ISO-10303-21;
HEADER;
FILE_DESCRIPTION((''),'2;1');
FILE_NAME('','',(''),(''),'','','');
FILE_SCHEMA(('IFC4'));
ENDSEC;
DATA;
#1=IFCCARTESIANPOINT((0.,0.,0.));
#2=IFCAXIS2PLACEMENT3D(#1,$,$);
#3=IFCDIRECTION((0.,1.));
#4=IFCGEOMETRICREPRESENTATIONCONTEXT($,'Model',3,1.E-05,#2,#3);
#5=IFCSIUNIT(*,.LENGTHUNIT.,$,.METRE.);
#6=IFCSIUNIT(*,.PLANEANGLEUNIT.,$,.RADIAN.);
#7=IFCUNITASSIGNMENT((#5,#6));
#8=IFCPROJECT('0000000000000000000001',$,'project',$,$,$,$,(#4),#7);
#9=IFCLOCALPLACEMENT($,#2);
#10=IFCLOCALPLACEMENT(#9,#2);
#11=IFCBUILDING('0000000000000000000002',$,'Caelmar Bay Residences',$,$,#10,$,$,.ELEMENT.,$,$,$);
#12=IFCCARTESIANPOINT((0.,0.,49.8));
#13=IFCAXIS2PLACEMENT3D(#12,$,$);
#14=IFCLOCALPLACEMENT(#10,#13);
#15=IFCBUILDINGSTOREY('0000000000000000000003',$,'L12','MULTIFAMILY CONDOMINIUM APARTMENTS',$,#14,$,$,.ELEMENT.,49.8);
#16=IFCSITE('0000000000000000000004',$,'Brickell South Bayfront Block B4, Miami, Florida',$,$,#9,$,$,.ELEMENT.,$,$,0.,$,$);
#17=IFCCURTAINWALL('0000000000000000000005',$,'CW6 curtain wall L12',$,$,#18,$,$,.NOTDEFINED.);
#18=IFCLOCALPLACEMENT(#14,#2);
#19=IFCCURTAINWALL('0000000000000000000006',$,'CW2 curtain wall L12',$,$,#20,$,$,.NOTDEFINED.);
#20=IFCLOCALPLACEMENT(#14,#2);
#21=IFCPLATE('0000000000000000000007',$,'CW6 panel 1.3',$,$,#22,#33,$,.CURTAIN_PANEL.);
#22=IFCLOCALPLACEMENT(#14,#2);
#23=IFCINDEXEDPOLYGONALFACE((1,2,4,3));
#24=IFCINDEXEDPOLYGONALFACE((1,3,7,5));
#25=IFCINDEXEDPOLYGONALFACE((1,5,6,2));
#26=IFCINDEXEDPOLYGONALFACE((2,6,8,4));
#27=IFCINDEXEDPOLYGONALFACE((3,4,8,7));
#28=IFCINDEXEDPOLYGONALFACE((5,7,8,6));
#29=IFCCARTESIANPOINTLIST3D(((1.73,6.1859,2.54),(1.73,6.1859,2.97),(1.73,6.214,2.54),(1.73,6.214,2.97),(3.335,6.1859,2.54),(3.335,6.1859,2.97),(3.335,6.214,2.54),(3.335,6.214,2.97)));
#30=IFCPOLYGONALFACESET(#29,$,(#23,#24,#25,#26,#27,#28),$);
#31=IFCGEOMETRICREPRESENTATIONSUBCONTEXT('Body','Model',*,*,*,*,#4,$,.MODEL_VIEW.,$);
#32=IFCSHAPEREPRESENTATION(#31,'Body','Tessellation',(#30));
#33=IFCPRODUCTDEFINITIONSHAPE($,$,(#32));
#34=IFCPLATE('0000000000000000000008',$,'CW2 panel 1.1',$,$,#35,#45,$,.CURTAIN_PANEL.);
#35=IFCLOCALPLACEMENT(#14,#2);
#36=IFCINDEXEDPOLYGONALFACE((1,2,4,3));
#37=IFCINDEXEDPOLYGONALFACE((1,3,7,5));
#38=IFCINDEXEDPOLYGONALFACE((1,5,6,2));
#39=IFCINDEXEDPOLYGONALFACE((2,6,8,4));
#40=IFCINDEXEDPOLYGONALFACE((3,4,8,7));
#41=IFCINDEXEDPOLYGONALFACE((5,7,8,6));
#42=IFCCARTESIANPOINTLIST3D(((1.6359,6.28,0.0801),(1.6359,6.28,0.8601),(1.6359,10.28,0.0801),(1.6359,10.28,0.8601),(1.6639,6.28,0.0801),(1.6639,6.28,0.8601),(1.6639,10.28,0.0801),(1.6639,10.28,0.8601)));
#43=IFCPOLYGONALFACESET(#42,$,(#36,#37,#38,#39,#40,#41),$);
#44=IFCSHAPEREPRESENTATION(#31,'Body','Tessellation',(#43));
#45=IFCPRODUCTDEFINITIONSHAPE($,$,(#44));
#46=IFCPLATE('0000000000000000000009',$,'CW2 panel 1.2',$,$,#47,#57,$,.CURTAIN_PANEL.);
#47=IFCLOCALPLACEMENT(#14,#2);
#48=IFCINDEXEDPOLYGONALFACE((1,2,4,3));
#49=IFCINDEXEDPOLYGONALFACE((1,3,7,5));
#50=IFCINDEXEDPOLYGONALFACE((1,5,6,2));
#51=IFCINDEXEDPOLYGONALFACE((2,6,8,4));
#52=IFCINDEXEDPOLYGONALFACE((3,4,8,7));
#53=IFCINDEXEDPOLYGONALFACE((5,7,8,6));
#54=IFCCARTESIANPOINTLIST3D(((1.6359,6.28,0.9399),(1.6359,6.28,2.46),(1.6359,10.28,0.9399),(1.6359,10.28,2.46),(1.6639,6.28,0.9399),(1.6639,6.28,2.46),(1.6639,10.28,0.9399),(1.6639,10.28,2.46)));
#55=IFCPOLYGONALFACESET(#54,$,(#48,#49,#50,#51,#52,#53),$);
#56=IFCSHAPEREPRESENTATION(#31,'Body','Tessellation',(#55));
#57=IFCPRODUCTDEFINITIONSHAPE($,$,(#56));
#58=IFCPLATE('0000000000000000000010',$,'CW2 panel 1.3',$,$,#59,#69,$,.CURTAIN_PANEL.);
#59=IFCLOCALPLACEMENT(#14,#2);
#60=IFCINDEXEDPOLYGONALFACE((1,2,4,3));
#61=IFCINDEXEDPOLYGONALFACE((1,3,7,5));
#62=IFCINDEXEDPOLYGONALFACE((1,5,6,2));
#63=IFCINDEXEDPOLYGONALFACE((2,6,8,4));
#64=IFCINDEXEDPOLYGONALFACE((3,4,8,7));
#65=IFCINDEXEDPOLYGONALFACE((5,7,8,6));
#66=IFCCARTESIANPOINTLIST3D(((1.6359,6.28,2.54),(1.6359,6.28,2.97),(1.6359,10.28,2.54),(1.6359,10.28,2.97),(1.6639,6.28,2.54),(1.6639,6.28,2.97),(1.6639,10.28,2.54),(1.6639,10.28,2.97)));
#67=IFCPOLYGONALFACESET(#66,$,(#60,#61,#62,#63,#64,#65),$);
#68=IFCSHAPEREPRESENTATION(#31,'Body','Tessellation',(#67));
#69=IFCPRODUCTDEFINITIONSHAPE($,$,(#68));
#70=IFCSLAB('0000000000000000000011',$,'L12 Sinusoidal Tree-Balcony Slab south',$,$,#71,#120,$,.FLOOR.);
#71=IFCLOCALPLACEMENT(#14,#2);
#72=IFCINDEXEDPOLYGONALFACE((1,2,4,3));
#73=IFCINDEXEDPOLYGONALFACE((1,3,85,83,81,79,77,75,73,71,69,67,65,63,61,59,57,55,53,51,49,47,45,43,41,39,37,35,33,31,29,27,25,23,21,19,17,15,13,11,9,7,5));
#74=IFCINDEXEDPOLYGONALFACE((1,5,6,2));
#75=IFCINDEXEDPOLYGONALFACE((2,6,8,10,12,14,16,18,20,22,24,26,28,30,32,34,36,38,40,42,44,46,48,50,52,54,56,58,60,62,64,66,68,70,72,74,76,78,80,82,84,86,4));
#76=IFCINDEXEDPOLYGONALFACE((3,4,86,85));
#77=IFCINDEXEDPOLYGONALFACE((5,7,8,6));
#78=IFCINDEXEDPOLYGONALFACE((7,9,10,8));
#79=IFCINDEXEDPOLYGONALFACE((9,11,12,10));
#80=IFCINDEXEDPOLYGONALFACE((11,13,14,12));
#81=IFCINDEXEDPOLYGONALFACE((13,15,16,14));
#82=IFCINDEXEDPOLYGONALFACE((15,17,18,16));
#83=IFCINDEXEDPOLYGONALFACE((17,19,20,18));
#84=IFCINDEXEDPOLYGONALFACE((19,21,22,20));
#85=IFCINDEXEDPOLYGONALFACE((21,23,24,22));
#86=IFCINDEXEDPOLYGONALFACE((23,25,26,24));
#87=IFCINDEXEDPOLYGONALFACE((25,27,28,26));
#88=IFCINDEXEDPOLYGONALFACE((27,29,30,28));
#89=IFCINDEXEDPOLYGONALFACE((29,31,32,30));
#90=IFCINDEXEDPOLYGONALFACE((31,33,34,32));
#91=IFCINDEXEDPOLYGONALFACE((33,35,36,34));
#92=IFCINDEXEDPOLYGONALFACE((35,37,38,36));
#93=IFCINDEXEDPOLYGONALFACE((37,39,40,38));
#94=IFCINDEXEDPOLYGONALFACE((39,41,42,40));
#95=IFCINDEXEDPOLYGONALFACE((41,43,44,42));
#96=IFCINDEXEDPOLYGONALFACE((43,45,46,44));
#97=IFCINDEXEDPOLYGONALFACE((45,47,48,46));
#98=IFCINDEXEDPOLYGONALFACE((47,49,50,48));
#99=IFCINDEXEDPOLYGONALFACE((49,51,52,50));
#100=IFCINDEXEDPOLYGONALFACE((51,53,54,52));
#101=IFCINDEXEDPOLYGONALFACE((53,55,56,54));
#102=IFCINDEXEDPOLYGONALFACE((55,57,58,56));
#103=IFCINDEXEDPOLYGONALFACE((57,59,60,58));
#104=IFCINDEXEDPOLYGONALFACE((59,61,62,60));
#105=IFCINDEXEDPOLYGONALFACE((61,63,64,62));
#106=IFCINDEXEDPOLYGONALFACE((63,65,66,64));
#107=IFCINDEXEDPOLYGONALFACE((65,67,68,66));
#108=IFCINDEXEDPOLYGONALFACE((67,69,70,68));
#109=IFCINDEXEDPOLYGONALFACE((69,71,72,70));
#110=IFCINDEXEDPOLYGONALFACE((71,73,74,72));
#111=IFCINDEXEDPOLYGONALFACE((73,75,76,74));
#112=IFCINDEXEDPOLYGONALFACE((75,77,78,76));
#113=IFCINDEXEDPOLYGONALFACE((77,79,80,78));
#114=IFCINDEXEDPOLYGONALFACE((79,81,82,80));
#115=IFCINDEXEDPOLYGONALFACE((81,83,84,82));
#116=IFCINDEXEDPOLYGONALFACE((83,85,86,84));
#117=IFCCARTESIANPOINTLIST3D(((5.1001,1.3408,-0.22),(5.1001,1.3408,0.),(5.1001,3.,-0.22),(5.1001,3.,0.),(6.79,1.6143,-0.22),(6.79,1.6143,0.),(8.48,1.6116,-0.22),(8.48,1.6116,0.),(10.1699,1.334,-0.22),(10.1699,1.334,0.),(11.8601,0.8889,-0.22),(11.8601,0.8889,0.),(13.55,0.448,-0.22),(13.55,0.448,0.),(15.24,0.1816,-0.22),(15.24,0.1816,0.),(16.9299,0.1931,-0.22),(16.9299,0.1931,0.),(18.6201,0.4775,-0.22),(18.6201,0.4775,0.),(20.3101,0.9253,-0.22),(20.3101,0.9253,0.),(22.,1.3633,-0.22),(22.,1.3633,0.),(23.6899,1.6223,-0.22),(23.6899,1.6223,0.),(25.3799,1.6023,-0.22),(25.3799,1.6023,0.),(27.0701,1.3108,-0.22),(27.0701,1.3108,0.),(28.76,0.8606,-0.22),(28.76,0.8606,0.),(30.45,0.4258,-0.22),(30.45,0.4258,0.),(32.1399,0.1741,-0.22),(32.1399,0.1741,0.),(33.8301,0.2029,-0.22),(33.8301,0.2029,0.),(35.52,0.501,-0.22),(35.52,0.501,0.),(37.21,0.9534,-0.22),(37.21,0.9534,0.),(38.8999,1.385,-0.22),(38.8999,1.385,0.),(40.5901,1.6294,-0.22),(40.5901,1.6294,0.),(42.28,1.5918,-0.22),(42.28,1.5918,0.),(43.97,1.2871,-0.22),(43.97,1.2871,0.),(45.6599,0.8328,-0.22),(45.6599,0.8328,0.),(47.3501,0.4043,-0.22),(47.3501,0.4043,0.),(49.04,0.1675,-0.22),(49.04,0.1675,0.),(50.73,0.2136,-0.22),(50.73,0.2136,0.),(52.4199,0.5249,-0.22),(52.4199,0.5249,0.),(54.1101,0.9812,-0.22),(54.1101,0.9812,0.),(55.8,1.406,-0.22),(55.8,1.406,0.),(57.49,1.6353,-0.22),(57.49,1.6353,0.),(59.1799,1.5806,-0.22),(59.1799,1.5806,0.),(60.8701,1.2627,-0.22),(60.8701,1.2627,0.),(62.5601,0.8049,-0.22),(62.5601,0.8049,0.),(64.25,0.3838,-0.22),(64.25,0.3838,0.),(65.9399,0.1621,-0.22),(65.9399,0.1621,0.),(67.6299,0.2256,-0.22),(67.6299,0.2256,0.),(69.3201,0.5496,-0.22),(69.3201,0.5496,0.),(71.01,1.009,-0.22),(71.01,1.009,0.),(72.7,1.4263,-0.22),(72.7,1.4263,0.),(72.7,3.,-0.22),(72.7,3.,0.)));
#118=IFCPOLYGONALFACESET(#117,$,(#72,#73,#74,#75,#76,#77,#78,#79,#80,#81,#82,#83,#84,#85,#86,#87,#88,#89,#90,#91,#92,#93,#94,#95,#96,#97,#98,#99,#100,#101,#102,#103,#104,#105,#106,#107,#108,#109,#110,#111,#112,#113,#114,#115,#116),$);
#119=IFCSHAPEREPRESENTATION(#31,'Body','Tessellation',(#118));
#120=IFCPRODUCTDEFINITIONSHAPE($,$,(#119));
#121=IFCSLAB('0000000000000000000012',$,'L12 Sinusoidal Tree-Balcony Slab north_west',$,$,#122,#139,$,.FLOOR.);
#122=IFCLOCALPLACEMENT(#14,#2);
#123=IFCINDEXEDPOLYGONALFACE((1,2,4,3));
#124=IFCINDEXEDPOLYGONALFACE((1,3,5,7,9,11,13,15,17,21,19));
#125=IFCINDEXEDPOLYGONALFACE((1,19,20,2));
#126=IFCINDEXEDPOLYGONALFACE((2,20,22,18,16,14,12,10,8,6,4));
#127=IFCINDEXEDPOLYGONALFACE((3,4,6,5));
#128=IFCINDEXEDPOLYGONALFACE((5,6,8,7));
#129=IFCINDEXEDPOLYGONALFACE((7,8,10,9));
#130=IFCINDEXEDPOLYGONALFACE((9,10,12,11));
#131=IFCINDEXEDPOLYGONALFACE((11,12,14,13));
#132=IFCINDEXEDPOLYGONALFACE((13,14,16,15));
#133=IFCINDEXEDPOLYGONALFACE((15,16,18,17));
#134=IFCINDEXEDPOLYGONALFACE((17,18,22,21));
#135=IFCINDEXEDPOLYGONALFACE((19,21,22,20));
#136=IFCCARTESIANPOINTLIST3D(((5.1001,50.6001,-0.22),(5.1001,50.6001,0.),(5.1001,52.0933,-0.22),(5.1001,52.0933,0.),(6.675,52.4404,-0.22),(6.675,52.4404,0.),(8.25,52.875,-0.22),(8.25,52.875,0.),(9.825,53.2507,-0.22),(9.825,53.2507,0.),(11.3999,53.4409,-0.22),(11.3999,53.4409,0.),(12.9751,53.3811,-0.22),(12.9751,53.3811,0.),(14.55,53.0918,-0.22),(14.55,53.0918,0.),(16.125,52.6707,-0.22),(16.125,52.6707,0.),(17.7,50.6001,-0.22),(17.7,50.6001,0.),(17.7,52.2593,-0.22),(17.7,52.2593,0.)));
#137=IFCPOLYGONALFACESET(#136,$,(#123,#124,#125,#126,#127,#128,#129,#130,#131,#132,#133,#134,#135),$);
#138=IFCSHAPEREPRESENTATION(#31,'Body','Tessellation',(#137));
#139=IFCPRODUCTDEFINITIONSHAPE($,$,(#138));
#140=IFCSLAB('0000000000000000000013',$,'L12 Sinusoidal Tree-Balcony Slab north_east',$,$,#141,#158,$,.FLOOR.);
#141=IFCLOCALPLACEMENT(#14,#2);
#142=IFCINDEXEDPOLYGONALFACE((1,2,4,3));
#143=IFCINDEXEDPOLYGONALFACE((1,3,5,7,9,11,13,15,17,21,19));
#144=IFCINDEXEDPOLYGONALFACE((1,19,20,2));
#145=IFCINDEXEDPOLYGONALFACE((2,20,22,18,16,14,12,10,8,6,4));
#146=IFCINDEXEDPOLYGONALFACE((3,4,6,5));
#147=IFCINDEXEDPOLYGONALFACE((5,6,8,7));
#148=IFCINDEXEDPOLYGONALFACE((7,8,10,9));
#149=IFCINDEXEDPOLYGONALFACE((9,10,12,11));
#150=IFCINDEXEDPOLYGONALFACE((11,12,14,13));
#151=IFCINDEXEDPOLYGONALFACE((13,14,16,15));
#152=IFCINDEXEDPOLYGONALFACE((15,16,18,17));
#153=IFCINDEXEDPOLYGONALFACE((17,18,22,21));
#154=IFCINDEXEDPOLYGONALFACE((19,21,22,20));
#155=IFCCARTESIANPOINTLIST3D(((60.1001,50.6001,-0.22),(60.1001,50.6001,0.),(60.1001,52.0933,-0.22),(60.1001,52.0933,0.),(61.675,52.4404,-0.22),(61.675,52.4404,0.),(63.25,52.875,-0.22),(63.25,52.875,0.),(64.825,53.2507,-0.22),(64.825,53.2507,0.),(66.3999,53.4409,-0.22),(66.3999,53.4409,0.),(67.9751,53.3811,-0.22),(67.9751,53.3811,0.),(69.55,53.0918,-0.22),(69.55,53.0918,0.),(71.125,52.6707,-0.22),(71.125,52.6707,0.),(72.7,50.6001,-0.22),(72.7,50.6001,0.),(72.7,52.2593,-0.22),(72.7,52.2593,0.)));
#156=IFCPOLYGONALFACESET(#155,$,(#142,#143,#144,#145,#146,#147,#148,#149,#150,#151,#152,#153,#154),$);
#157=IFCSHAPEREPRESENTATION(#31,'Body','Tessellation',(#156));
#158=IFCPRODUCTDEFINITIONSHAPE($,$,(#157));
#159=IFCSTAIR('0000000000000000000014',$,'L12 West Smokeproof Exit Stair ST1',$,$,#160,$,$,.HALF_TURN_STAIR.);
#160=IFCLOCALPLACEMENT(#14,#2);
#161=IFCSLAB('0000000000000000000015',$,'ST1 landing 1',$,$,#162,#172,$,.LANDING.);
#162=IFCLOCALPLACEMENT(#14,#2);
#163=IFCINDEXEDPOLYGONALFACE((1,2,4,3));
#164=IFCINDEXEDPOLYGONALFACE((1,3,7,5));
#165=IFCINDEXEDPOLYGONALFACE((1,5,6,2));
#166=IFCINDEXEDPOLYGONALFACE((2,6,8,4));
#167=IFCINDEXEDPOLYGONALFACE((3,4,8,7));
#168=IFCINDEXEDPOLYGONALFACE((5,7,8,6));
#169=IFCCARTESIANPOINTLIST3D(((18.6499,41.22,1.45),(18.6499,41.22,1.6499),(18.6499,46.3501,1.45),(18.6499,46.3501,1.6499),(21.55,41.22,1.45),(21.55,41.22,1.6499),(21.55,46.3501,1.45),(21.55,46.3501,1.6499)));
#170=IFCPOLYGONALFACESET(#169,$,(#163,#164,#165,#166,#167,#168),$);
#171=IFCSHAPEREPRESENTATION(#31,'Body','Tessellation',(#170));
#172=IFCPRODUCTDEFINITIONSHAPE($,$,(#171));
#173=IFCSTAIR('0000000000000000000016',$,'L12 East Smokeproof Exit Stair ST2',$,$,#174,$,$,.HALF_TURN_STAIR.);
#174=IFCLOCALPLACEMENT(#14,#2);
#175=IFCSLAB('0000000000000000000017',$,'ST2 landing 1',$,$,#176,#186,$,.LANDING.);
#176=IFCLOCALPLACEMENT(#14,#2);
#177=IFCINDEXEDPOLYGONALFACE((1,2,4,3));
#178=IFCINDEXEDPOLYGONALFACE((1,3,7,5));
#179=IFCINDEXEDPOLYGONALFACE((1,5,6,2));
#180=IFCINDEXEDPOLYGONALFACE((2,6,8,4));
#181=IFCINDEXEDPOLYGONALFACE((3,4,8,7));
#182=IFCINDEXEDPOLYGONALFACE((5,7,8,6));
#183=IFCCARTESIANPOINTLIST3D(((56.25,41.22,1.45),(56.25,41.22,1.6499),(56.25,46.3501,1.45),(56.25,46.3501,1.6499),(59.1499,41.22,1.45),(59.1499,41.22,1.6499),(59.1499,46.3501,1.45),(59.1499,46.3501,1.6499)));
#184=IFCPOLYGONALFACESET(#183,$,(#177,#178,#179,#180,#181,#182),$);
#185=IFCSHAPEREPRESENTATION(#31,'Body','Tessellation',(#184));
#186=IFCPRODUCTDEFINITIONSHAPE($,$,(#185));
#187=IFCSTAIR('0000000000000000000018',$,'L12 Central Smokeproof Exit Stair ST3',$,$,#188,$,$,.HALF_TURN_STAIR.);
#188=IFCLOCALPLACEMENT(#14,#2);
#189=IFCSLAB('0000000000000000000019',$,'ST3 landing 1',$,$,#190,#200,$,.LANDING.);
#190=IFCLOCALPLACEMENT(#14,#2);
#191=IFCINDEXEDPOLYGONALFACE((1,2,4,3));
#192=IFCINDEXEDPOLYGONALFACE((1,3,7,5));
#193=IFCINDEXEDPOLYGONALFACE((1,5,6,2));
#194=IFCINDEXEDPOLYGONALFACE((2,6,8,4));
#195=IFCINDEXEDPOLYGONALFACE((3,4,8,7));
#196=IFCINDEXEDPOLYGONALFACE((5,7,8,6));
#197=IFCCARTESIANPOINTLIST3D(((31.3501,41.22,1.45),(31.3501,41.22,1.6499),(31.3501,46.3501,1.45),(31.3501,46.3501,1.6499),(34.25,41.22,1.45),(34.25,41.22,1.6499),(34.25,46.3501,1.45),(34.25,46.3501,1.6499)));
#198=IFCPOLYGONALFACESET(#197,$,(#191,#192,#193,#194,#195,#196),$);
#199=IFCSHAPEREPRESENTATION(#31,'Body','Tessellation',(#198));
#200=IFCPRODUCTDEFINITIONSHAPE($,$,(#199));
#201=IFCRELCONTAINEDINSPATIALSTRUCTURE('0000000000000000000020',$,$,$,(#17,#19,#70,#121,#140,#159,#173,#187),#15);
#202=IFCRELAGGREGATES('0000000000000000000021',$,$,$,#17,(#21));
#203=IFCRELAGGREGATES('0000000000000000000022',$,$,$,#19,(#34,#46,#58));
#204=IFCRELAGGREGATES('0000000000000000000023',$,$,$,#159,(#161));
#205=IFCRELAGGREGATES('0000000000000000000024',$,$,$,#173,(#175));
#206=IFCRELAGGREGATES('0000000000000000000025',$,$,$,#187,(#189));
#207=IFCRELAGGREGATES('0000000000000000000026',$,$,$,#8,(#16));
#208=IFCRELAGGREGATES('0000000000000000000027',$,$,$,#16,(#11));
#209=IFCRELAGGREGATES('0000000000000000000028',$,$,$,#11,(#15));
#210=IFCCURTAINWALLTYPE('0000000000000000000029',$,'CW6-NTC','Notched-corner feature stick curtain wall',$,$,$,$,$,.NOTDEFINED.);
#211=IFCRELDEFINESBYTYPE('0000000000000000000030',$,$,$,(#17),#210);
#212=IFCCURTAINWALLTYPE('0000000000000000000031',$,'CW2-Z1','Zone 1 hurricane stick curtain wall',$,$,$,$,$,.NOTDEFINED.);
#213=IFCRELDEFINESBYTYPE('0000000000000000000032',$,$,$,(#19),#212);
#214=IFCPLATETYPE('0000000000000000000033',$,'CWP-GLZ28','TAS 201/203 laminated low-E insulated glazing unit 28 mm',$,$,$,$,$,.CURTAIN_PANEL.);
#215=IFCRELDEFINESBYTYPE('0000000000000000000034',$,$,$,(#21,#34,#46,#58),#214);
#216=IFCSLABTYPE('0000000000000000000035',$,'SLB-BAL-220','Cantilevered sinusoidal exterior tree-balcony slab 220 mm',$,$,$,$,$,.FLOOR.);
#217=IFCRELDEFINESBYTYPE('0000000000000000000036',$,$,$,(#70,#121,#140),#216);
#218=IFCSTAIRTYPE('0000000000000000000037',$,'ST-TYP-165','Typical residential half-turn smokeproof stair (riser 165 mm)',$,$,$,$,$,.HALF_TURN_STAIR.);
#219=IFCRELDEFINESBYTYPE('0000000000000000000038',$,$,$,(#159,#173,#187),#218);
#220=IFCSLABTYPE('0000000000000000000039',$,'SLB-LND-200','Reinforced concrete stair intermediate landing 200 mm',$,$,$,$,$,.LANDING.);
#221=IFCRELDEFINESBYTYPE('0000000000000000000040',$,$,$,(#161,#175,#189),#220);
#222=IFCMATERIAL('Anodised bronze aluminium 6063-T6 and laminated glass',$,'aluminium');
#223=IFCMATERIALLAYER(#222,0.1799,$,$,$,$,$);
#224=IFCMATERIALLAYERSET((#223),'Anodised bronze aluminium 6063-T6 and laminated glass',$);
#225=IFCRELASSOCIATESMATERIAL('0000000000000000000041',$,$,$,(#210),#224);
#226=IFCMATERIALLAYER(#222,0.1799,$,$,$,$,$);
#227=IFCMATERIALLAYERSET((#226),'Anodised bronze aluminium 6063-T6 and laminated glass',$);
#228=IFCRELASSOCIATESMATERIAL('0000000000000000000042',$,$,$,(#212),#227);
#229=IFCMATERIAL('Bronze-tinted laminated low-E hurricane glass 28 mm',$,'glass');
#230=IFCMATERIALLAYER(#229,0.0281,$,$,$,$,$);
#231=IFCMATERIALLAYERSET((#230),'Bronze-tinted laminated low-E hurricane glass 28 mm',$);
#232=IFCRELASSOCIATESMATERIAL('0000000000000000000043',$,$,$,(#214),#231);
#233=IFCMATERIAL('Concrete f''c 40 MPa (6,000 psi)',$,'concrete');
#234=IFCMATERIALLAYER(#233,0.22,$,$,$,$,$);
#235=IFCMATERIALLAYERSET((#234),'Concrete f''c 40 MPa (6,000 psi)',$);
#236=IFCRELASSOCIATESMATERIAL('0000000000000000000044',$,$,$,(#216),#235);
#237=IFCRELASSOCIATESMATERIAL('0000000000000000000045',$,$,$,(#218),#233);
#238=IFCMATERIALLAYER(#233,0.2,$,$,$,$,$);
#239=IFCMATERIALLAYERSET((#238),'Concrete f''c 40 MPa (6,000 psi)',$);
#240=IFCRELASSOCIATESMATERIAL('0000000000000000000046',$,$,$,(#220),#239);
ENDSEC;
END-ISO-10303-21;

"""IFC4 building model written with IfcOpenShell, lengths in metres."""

from ifc_helpers import new_model, si_unit, direction, frame, origin, origin_2d, place, context, subcontext, project, spatial, polyline, rectangle, outline, extrude, material, layer, layer_set, type_object, element, aggregate, save


model = new_model("IFC4")

# Units and contexts
model_context = context("Model", 3, precision=1e-05, world=origin(), true_north=direction((0.0, 1.0)))
body_context = subcontext(model_context, "Body", "Model", "MODEL_VIEW")
ifc_project = project(units=[si_unit("LENGTHUNIT", "METRE"), si_unit("PLANEANGLEUNIT", "RADIAN")], contexts=[model_context])

# Site, building, storey
site_placement = place(None, origin())
site = spatial("IfcSite", under=ifc_project, at=site_placement, Name="Brickell South Bayfront Block B4, Miami, Florida", CompositionType="ELEMENT", RefElevation=0.0)
building_placement = place(site_placement, origin())
building = spatial("IfcBuilding", under=site, at=building_placement, Name="Caelmar Bay Residences", CompositionType="ELEMENT")
storey_placement = place(building_placement, frame((0.0, 0.0, 49.8)))
storey = spatial("IfcBuildingStorey", under=building, at=storey_placement, Name="L12", Description="MULTIFAMILY CONDOMINIUM APARTMENTS", CompositionType="ELEMENT", Elevation=49.8)

# Curtain wall
ifc_material_1 = material(Name="Anodised bronze aluminium 6063-T6 and laminated glass", Category="aluminium")
ifc_layer_1 = layer(ifc_material_1, 0.1799)
ifc_layer_set_1 = layer_set([ifc_layer_1], Name="Anodised bronze aluminium 6063-T6 and laminated glass")
curtain_wall_type_1 = type_object("IfcCurtainWallType", Name="CW6-NTC", Description="Notched-corner feature stick curtain wall", PredefinedType="NOTDEFINED", material=ifc_layer_set_1)
curtain_wall_1_placement = place(storey_placement, origin())
curtain_wall_1 = element("IfcCurtainWall", 1, at=curtain_wall_1_placement, inside=storey, type_object=curtain_wall_type_1, Name="CW6 curtain wall L12", PredefinedType="NOTDEFINED")

# Curtain wall
ifc_layer_2 = layer(ifc_material_1, 0.1799)
ifc_layer_set_2 = layer_set([ifc_layer_2], Name="Anodised bronze aluminium 6063-T6 and laminated glass")
curtain_wall_type_2 = type_object("IfcCurtainWallType", Name="CW2-Z1", Description="Zone 1 hurricane stick curtain wall", PredefinedType="NOTDEFINED", material=ifc_layer_set_2)
curtain_wall_2_placement = place(storey_placement, origin())
curtain_wall_2 = element("IfcCurtainWall", 2, at=curtain_wall_2_placement, inside=storey, type_object=curtain_wall_type_2, Name="CW2 curtain wall L12", PredefinedType="NOTDEFINED")

# Plates
ifc_material_2 = material(Name="Bronze-tinted laminated low-E hurricane glass 28 mm", Category="glass")
ifc_layer_3 = layer(ifc_material_2, 0.0281)
ifc_layer_set_3 = layer_set([ifc_layer_3], Name="Bronze-tinted laminated low-E hurricane glass 28 mm")
plate_type = type_object("IfcPlateType", Name="CWP-GLZ28", Description="TAS 201/203 laminated low-E insulated glazing unit 28 mm", PredefinedType="CURTAIN_PANEL", material=ifc_layer_set_3)
plate_1_placement = place(storey_placement, frame((2.5325, 6.2, 2.54), z_axis=(0.0, 0.0, 1.0), x_axis=(1.0, 0.0, 0.0)))
plate_1 = element("IfcPlate", 3, at=plate_1_placement, type_object=plate_type, Name="CW6 panel 1.3", PredefinedType="CURTAIN_PANEL", context=body_context, shape_type="SweptSolid", body=[
    extrude(rectangle(XDim=1.605, YDim=0.0281, at=origin_2d()), origin(), (0.0, 0.0, 1.0), 0.4299),
])
aggregate(curtain_wall_1, [plate_1])
plate_2_placement = place(storey_placement, frame((1.6499, 8.28, 0.0801), z_axis=(0.0, 0.0, 1.0), x_axis=(0.0, 1.0, 0.0)))
plate_2 = element("IfcPlate", 4, at=plate_2_placement, type_object=plate_type, Name="CW2 panel 1.1", PredefinedType="CURTAIN_PANEL", context=body_context, shape_type="SweptSolid", body=[
    extrude(rectangle(XDim=4.0, YDim=0.0281, at=origin_2d()), origin(), (0.0, 0.0, 1.0), 0.78),
])
plate_3_placement = place(storey_placement, frame((1.6499, 8.28, 0.9399), z_axis=(0.0, 0.0, 1.0), x_axis=(0.0, 1.0, 0.0)))
plate_3 = element("IfcPlate", 5, at=plate_3_placement, type_object=plate_type, Name="CW2 panel 1.2", PredefinedType="CURTAIN_PANEL", context=body_context, shape_type="SweptSolid", body=[
    extrude(rectangle(XDim=4.0, YDim=0.0281, at=origin_2d()), origin(), (0.0, 0.0, 1.0), 1.52),
])
plate_4_placement = place(storey_placement, frame((1.6499, 8.28, 2.54), z_axis=(0.0, 0.0, 1.0), x_axis=(0.0, 1.0, 0.0)))
plate_4 = element("IfcPlate", 6, at=plate_4_placement, type_object=plate_type, Name="CW2 panel 1.3", PredefinedType="CURTAIN_PANEL", context=body_context, shape_type="SweptSolid", body=[
    extrude(rectangle(XDim=4.0, YDim=0.0281, at=origin_2d()), origin(), (0.0, 0.0, 1.0), 0.4299),
])
aggregate(curtain_wall_2, [plate_2, plate_3, plate_4])

# Slabs
ifc_material_3 = material(Name="Concrete f'c 40 MPa (6,000 psi)", Category="concrete")
ifc_layer_4 = layer(ifc_material_3, 0.22)
ifc_layer_set_4 = layer_set([ifc_layer_4], Name="Concrete f'c 40 MPa (6,000 psi)")
slab_type_1 = type_object("IfcSlabType", Name="SLB-BAL-220", Description="Cantilevered sinusoidal exterior tree-balcony slab 220 mm", PredefinedType="FLOOR", material=ifc_layer_set_4)
slab_1_placement = place(storey_placement, frame((0.0, 0.0, -0.22)))
element("IfcSlab", 7, at=slab_1_placement, inside=storey, type_object=slab_type_1, Name="L12 Sinusoidal Tree-Balcony Slab south", PredefinedType="FLOOR", context=body_context, shape_type="SweptSolid", body=[
    extrude(outline(polyline([(5.1001, 1.3408), (6.79, 1.6143), (8.48, 1.6116), (10.1699, 1.334), (11.8601, 0.8889), (13.55, 0.448), (15.24, 0.1816), (16.9299, 0.1931), (18.6201, 0.4775), (20.3101, 0.9253), (22.0, 1.3633), (23.6899, 1.6223), (25.3799, 1.6023), (27.0701, 1.3108), (28.76, 0.8606), (30.45, 0.4258), (32.1399, 0.1741), (33.8301, 0.2029), (35.52, 0.501), (37.21, 0.9534), (38.8999, 1.385), (40.5901, 1.6294), (42.28, 1.5918), (43.97, 1.2871), (45.6599, 0.8328), (47.3501, 0.4043), (49.04, 0.1675), (50.73, 0.2136), (52.4199, 0.5249), (54.1101, 0.9812), (55.8, 1.406), (57.49, 1.6353), (59.1799, 1.5806), (60.8701, 1.2627), (62.5601, 0.8049), (64.25, 0.3838), (65.9399, 0.1621), (67.6299, 0.2256), (69.3201, 0.5496), (71.01, 1.009), (72.7, 1.4263), (72.7, 3.0), (5.1001, 3.0), (5.1001, 1.3408)])), origin(), (0.0, 0.0, 1.0), 0.22),
])
slab_2_placement = place(storey_placement, frame((0.0, 0.0, -0.22)))
element("IfcSlab", 8, at=slab_2_placement, inside=storey, type_object=slab_type_1, Name="L12 Sinusoidal Tree-Balcony Slab north_west", PredefinedType="FLOOR", context=body_context, shape_type="SweptSolid", body=[
    extrude(outline(polyline([(5.1001, 50.6001), (17.7, 50.6001), (17.7, 52.2593), (16.125, 52.6707), (14.55, 53.0918), (12.9751, 53.3811), (11.3999, 53.4409), (9.825, 53.2507), (8.25, 52.875), (6.675, 52.4404), (5.1001, 52.0933), (5.1001, 50.6001)])), origin(), (0.0, 0.0, 1.0), 0.22),
])
slab_3_placement = place(storey_placement, frame((0.0, 0.0, -0.22)))
element("IfcSlab", 9, at=slab_3_placement, inside=storey, type_object=slab_type_1, Name="L12 Sinusoidal Tree-Balcony Slab north_east", PredefinedType="FLOOR", context=body_context, shape_type="SweptSolid", body=[
    extrude(outline(polyline([(60.1001, 50.6001), (72.7, 50.6001), (72.7, 52.2593), (71.125, 52.6707), (69.55, 53.0918), (67.9751, 53.3811), (66.3999, 53.4409), (64.825, 53.2507), (63.25, 52.875), (61.675, 52.4404), (60.1001, 52.0933), (60.1001, 50.6001)])), origin(), (0.0, 0.0, 1.0), 0.22),
])

# Stairs, slabs
stair_type = type_object("IfcStairType", Name="ST-TYP-165", Description="Typical residential half-turn smokeproof stair (riser 165 mm)", PredefinedType="HALF_TURN_STAIR", material=ifc_material_3)
stair_1_placement = place(storey_placement, origin())
stair_1 = element("IfcStair", 10, at=stair_1_placement, inside=storey, type_object=stair_type, Name="L12 West Smokeproof Exit Stair ST1", PredefinedType="HALF_TURN_STAIR")
ifc_layer_5 = layer(ifc_material_3, 0.2)
ifc_layer_set_5 = layer_set([ifc_layer_5], Name="Concrete f'c 40 MPa (6,000 psi)")
slab_type_2 = type_object("IfcSlabType", Name="SLB-LND-200", Description="Reinforced concrete stair intermediate landing 200 mm", PredefinedType="LANDING", material=ifc_layer_set_5)
slab_4_placement = place(storey_placement, frame((0.0, 0.0, 1.45)))
slab_4 = element("IfcSlab", 11, at=slab_4_placement, type_object=slab_type_2, Name="ST1 landing 1", PredefinedType="LANDING", context=body_context, shape_type="SweptSolid", body=[
    extrude(outline(polyline([(21.55, 41.22), (21.55, 46.3501), (18.6499, 46.3501), (18.6499, 41.22), (21.55, 41.22)])), origin(), (0.0, 0.0, 1.0), 0.2),
])
aggregate(stair_1, [slab_4])
stair_2_placement = place(storey_placement, origin())
stair_2 = element("IfcStair", 12, at=stair_2_placement, inside=storey, type_object=stair_type, Name="L12 East Smokeproof Exit Stair ST2", PredefinedType="HALF_TURN_STAIR")
slab_5_placement = place(storey_placement, frame((0.0, 0.0, 1.45)))
slab_5 = element("IfcSlab", 13, at=slab_5_placement, type_object=slab_type_2, Name="ST2 landing 1", PredefinedType="LANDING", context=body_context, shape_type="SweptSolid", body=[
    extrude(outline(polyline([(59.1499, 41.22), (59.1499, 46.3501), (56.25, 46.3501), (56.25, 41.22), (59.1499, 41.22)])), origin(), (0.0, 0.0, 1.0), 0.2),
])
aggregate(stair_2, [slab_5])
stair_3_placement = place(storey_placement, origin())
stair_3 = element("IfcStair", 14, at=stair_3_placement, inside=storey, type_object=stair_type, Name="L12 Central Smokeproof Exit Stair ST3", PredefinedType="HALF_TURN_STAIR")
slab_6_placement = place(storey_placement, frame((0.0, 0.0, 1.45)))
slab_6 = element("IfcSlab", 15, at=slab_6_placement, type_object=slab_type_2, Name="ST3 landing 1", PredefinedType="LANDING", context=body_context, shape_type="SweptSolid", body=[
    extrude(outline(polyline([(34.25, 41.22), (34.25, 46.3501), (31.3501, 46.3501), (31.3501, 41.22), (34.25, 41.22)])), origin(), (0.0, 0.0, 1.0), 0.2),
])
aggregate(stair_3, [slab_6])

save(model, "model.ifc")
